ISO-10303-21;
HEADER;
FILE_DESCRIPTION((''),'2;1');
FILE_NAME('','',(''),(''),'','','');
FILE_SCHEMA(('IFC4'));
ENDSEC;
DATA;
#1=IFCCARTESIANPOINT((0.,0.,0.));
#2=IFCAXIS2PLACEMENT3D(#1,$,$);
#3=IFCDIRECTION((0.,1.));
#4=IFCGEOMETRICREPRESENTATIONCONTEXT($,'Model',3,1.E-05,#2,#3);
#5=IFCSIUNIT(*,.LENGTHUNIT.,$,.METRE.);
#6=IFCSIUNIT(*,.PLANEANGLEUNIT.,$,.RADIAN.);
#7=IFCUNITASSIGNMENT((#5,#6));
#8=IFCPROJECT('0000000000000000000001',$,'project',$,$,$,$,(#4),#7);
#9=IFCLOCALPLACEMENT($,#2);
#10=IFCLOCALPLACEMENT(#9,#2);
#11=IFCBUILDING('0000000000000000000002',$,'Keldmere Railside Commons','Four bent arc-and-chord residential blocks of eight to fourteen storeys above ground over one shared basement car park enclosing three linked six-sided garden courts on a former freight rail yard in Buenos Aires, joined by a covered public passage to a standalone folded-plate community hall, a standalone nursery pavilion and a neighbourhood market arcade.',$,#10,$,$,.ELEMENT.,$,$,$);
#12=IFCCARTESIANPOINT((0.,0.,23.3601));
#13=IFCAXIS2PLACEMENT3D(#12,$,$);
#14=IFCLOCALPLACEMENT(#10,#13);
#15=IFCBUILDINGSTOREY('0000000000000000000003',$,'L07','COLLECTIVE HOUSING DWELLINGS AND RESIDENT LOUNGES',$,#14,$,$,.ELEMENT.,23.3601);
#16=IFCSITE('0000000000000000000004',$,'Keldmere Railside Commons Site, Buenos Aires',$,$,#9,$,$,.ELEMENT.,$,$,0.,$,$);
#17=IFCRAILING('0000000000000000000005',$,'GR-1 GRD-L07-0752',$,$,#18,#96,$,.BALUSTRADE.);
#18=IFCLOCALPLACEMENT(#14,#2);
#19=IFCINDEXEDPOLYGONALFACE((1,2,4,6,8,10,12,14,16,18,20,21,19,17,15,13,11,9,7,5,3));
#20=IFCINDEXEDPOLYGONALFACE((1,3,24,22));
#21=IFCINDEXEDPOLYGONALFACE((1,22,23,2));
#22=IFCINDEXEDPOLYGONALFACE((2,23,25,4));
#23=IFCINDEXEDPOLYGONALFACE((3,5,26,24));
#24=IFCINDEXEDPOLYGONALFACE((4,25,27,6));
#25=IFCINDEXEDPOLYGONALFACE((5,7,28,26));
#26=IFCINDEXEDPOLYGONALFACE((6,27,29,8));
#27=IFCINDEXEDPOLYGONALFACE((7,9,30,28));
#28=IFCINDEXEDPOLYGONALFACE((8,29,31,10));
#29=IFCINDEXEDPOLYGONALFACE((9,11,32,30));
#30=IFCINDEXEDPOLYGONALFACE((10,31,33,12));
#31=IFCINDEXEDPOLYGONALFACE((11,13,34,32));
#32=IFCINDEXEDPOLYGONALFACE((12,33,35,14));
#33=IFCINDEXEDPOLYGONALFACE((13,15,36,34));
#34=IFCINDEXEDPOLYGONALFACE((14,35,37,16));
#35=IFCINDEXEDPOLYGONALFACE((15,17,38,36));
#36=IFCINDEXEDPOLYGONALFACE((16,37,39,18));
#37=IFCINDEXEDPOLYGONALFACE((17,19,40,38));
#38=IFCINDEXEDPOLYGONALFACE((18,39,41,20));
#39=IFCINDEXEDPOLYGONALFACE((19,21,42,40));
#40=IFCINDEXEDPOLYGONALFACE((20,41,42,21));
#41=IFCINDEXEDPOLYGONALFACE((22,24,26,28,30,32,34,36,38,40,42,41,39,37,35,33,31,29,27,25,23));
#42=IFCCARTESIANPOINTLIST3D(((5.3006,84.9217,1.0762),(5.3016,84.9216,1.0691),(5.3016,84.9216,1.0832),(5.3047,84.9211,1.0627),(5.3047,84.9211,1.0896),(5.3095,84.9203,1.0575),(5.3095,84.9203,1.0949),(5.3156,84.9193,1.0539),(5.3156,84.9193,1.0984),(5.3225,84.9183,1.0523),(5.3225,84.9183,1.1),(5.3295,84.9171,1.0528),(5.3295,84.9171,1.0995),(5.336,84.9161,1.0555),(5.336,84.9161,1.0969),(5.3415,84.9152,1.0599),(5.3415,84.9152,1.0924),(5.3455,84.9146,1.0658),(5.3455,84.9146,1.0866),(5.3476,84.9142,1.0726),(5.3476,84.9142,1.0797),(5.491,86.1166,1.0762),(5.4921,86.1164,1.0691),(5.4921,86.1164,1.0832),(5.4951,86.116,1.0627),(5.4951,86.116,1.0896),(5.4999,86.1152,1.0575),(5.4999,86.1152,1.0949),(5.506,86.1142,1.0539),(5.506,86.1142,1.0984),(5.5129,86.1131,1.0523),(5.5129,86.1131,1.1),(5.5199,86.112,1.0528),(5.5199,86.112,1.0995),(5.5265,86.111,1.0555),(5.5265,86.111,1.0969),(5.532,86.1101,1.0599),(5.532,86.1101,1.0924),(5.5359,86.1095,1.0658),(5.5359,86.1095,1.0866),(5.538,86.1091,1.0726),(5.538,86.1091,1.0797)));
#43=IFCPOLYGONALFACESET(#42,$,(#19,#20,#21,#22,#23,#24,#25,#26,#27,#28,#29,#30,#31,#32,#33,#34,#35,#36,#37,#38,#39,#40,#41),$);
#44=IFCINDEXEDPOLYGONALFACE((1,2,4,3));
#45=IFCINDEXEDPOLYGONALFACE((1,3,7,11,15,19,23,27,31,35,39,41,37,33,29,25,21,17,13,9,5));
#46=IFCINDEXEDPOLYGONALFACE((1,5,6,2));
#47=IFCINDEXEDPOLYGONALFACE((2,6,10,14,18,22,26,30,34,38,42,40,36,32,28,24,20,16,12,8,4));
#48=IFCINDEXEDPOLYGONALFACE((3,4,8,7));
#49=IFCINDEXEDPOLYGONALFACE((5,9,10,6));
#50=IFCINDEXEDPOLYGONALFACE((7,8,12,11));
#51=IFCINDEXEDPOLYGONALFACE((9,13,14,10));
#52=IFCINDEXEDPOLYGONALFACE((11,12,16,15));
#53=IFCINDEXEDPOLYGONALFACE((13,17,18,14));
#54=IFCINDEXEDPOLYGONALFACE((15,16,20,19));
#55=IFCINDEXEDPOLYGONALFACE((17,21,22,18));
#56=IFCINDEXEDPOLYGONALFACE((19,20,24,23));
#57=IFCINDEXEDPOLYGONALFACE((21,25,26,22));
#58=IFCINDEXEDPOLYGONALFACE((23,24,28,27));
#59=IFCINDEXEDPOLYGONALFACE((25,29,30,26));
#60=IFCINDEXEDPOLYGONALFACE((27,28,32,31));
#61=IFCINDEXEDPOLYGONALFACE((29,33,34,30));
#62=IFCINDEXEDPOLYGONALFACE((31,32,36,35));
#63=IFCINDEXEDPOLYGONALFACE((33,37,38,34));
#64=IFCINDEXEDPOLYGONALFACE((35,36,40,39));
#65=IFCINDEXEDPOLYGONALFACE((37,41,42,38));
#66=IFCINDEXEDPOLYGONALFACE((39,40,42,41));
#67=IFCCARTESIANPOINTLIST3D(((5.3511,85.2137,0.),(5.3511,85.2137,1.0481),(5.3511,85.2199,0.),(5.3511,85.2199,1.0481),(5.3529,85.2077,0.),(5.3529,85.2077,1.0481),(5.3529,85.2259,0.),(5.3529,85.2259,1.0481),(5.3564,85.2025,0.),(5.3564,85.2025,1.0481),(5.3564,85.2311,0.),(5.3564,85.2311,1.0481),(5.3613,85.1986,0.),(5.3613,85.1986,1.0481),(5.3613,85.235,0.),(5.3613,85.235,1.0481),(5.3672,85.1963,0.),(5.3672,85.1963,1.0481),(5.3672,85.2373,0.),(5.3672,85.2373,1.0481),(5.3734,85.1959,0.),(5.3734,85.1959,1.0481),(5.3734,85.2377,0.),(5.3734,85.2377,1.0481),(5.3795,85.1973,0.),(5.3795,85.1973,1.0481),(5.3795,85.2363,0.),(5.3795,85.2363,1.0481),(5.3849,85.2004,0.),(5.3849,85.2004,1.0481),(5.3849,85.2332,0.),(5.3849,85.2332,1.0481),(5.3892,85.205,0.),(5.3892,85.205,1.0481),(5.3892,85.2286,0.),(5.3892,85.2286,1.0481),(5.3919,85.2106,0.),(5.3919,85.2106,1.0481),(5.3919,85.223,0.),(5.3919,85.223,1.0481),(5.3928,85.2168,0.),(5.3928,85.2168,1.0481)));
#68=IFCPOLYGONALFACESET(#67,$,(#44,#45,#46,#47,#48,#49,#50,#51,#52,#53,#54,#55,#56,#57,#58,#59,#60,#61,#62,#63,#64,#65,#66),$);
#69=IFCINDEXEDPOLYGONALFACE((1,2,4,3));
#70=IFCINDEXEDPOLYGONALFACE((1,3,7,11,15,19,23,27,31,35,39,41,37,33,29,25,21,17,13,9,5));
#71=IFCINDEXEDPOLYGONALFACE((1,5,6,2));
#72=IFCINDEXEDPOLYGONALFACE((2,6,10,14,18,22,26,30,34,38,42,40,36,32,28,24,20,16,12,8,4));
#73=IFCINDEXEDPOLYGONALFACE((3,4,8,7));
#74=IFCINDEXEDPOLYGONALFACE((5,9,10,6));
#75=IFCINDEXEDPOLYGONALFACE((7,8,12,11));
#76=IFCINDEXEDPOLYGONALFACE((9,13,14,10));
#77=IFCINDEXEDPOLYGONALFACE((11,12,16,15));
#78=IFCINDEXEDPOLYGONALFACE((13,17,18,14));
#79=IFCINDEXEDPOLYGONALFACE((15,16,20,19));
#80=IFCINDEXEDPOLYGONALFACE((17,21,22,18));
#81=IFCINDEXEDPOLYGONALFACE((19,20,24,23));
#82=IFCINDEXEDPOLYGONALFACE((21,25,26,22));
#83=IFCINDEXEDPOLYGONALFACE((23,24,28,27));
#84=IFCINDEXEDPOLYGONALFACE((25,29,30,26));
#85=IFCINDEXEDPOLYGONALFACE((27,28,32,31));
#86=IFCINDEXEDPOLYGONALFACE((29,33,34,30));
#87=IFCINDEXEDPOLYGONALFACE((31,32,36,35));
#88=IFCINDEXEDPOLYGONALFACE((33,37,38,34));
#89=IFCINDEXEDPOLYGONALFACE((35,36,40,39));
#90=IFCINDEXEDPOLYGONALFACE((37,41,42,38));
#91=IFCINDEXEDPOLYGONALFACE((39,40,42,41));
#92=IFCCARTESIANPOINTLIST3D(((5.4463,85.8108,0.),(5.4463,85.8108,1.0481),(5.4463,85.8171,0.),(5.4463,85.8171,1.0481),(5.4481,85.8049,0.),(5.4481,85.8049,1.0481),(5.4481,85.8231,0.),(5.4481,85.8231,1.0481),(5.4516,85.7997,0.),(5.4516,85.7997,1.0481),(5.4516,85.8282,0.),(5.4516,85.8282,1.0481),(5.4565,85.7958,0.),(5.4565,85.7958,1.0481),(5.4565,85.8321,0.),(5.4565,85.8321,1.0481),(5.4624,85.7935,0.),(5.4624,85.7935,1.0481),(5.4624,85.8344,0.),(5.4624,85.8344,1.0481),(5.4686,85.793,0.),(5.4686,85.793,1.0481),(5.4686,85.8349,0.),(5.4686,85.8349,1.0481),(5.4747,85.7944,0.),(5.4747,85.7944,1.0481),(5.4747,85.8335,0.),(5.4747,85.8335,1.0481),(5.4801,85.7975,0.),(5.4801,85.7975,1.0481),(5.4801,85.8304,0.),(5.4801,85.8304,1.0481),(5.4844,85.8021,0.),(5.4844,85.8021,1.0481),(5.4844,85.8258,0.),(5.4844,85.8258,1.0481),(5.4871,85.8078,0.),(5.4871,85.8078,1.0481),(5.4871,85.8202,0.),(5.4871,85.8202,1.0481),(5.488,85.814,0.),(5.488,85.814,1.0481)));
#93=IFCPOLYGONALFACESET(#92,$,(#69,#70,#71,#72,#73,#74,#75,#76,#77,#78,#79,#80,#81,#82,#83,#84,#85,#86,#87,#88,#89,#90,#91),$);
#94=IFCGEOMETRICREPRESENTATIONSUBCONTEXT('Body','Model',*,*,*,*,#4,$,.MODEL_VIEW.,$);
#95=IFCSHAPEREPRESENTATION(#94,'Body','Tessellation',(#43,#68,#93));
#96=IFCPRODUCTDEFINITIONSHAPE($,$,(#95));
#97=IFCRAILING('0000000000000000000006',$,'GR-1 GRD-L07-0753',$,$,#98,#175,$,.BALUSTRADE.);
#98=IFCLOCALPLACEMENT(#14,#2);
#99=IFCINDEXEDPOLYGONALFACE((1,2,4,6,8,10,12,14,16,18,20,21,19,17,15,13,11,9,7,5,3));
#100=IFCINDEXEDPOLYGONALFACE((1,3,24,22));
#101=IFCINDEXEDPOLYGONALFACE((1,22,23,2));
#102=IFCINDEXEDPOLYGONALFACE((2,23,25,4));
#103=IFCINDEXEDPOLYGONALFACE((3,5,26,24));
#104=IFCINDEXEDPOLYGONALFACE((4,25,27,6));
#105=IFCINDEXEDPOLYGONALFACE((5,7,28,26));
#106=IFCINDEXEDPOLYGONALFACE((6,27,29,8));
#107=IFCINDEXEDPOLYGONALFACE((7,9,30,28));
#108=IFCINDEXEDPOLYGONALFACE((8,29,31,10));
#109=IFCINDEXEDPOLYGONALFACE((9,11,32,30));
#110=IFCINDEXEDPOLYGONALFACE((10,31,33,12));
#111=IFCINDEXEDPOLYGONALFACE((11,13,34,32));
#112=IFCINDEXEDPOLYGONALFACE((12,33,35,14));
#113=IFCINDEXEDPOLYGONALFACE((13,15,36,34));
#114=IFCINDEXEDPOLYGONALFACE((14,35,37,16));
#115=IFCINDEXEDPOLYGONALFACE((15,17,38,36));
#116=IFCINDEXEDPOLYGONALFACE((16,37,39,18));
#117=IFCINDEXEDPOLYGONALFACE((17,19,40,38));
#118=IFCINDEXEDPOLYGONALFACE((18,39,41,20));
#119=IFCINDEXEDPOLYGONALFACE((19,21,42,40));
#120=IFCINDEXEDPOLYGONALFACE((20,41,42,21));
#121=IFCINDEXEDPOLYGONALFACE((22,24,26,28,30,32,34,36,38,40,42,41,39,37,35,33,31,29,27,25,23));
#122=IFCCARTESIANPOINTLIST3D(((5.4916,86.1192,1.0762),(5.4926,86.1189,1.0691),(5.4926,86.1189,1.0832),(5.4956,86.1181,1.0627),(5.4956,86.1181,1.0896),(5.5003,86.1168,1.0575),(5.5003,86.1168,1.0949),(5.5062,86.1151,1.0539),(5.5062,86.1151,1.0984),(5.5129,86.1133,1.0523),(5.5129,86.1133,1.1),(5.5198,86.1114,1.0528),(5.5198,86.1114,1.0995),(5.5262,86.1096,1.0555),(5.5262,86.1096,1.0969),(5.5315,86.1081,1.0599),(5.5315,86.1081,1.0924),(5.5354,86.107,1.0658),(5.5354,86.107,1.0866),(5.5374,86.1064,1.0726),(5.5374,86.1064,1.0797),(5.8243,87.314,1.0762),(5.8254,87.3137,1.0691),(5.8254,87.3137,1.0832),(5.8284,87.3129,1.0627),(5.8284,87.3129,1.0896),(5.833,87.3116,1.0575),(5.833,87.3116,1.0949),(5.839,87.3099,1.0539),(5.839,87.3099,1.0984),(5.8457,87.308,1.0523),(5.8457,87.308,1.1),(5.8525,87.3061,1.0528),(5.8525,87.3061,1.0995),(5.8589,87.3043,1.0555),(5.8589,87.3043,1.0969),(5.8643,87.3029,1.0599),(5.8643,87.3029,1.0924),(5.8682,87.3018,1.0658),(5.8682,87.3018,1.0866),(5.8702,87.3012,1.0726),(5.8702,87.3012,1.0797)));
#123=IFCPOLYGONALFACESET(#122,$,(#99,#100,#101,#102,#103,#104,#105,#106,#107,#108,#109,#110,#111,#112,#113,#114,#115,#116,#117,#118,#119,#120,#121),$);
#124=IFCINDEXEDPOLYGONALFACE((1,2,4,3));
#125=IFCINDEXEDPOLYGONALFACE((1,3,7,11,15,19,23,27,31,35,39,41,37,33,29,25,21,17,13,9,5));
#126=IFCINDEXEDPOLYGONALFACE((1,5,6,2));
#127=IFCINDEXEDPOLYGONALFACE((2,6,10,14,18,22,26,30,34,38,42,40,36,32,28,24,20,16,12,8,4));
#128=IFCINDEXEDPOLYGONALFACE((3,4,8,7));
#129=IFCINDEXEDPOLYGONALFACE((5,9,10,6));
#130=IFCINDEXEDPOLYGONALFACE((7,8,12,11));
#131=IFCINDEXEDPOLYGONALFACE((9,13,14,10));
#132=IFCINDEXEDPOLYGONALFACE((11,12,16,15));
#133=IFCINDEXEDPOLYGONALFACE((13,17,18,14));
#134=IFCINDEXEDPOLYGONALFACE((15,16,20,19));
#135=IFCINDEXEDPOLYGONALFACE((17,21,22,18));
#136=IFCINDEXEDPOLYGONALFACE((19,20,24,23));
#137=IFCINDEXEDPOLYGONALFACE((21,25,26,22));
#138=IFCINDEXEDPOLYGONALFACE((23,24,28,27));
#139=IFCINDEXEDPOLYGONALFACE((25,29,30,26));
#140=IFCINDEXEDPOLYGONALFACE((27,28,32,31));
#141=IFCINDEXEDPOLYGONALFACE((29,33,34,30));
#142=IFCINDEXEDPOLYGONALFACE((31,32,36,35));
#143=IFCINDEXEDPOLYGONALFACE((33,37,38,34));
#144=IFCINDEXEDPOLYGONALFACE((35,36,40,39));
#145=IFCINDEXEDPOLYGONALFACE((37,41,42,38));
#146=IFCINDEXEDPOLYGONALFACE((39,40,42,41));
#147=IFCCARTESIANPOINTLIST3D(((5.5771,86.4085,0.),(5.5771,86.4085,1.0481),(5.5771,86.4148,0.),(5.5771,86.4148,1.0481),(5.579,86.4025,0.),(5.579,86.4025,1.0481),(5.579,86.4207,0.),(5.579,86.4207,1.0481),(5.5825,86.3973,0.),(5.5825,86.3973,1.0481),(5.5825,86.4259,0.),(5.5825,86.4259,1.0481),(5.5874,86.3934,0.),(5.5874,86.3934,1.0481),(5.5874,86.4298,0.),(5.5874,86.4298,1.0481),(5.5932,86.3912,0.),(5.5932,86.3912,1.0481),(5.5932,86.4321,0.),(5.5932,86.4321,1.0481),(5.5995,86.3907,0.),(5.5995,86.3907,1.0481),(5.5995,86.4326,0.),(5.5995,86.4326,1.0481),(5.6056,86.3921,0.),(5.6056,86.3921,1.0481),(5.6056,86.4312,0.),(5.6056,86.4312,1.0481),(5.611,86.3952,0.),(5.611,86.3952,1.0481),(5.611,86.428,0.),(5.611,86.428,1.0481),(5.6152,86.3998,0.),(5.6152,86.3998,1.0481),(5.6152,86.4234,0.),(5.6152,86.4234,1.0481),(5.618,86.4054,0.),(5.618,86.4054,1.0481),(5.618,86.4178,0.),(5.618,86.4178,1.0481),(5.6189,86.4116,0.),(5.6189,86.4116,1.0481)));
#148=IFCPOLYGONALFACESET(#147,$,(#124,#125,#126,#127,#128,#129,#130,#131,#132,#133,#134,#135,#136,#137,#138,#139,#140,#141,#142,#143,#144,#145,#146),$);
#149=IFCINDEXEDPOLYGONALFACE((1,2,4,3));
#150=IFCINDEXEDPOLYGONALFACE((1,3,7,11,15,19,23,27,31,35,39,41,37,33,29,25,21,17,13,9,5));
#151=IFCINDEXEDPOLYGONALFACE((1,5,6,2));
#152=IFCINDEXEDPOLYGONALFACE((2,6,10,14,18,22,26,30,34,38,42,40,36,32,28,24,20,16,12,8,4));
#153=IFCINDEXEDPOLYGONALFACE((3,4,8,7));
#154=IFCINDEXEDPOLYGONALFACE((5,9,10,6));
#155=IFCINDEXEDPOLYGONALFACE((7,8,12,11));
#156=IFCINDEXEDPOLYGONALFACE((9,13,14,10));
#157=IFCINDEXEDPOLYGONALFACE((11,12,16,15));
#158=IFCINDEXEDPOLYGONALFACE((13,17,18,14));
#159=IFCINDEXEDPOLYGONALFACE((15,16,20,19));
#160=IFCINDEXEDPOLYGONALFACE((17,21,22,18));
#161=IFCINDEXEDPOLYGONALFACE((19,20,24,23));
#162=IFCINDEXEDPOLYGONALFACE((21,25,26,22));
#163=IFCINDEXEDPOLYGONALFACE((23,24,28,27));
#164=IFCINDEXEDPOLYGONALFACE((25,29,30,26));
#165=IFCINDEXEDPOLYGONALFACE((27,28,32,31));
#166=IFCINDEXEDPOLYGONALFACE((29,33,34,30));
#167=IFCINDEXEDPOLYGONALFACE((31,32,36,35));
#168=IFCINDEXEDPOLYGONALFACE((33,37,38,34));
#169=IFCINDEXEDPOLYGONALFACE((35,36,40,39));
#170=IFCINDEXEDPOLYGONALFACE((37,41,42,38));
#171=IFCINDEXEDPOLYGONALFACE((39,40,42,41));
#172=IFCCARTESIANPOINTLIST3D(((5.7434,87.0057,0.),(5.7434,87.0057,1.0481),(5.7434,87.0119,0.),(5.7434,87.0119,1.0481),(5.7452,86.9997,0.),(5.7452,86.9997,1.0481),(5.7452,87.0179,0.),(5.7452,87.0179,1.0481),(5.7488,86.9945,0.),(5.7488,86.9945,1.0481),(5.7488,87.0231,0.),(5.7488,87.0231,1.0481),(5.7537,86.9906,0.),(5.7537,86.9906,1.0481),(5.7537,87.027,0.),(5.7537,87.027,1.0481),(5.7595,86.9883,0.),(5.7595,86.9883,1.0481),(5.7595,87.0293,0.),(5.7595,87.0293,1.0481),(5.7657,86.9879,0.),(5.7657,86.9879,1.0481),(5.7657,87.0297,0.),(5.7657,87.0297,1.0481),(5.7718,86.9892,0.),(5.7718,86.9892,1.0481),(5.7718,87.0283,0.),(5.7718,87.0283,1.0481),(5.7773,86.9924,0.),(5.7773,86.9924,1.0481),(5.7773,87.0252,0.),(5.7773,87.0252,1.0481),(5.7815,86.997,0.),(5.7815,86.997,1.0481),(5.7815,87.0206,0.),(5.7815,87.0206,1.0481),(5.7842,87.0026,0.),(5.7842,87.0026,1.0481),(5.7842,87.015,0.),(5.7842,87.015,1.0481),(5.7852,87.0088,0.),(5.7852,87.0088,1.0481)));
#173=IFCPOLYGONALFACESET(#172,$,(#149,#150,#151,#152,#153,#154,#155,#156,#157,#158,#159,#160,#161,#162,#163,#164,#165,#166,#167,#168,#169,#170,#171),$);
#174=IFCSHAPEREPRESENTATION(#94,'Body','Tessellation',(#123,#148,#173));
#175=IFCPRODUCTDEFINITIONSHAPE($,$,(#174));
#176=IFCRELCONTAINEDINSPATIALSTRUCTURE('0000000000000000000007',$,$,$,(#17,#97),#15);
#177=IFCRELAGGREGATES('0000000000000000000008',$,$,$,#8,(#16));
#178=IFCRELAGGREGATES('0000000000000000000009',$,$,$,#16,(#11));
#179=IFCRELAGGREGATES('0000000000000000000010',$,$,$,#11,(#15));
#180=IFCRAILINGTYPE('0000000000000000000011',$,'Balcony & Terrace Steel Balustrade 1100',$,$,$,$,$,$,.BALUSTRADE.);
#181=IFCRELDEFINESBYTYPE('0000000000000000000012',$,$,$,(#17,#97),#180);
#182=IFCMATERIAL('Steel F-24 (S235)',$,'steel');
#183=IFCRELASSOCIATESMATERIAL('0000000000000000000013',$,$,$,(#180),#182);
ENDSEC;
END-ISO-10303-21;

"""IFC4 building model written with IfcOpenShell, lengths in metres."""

from ifc_helpers import new_model, si_unit, direction, frame, origin, origin_2d, place, context, subcontext, project, spatial, circle, extrude, material, type_object, element, save


model = new_model("IFC4")

# Units and contexts
model_context = context("Model", 3, precision=1e-05, world=origin(), true_north=direction((0.0, 1.0)))
body_context = subcontext(model_context, "Body", "Model", "MODEL_VIEW")
ifc_project = project(units=[si_unit("LENGTHUNIT", "METRE"), si_unit("PLANEANGLEUNIT", "RADIAN")], contexts=[model_context])

# Site, building, storey
site_placement = place(None, origin())
site = spatial("IfcSite", under=ifc_project, at=site_placement, Name="Keldmere Railside Commons Site, Buenos Aires", CompositionType="ELEMENT", RefElevation=0.0)
building_placement = place(site_placement, origin())
building = spatial("IfcBuilding", under=site, at=building_placement, Name="Keldmere Railside Commons", Description="Four bent arc-and-chord residential blocks of eight to fourteen storeys above ground over one shared basement car park enclosing three linked six-sided garden courts on a former freight rail yard in Buenos Aires, joined by a covered public passage to a standalone folded-plate community hall, a standalone nursery pavilion and a neighbourhood market arcade.", CompositionType="ELEMENT")
storey_placement = place(building_placement, frame((0.0, 0.0, 23.3601)))
storey = spatial("IfcBuildingStorey", under=building, at=storey_placement, Name="L07", Description="COLLECTIVE HOUSING DWELLINGS AND RESIDENT LOUNGES", CompositionType="ELEMENT", Elevation=23.3601)

# Railings
ifc_material_1 = material(Name="Steel F-24 (S235)", Category="steel")
railing_type = type_object("IfcRailingType", Name="Balcony & Terrace Steel Balustrade 1100", PredefinedType="BALUSTRADE", material=ifc_material_1)
railing_1_placement = place(storey_placement, frame((5.3242, 84.918, 0.0)))
element("IfcRailing", 1, at=railing_1_placement, inside=storey, type_object=railing_type, Name="GR-1 GRD-L07-0752", PredefinedType="BALUSTRADE", context=body_context, shape_type="SweptSolid", body=[
    extrude(circle(Radius=0.0239, at=origin_2d()), frame((0.0, 0.0, 1.0762), z_axis=(0.157392, 0.987536, 0.0), x_axis=(-0.987536, 0.157392, 0.0)), (0.0, 0.0, 1.0), 1.21),
    extrude(circle(Radius=0.021, at=origin_2d()), frame((0.0476, 0.2988, 0.0)), (0.0, 0.0, 1.0), 1.0481),
    extrude(circle(Radius=0.021, at=origin_2d()), frame((0.1428, 0.896, 0.0)), (0.0, 0.0, 1.0), 1.0481),
])
railing_2_placement = place(storey_placement, frame((5.5146, 86.1128, 0.0)))
element("IfcRailing", 2, at=railing_2_placement, inside=storey, type_object=railing_type, Name="GR-1 GRD-L07-0753", PredefinedType="BALUSTRADE", context=body_context, shape_type="SweptSolid", body=[
    extrude(circle(Radius=0.0239, at=origin_2d()), frame((0.0, 0.0, 1.0762), z_axis=(0.268294, 0.963337, 0.0), x_axis=(-0.963337, 0.268294, 0.0)), (0.0, 0.0, 1.0), 1.2402),
    extrude(circle(Radius=0.021, at=origin_2d()), frame((0.0833, 0.2988, 0.0)), (0.0, 0.0, 1.0), 1.0481),
    extrude(circle(Radius=0.021, at=origin_2d()), frame((0.2495, 0.896, 0.0)), (0.0, 0.0, 1.0), 1.0481),
])

save(model, "model.ifc")
